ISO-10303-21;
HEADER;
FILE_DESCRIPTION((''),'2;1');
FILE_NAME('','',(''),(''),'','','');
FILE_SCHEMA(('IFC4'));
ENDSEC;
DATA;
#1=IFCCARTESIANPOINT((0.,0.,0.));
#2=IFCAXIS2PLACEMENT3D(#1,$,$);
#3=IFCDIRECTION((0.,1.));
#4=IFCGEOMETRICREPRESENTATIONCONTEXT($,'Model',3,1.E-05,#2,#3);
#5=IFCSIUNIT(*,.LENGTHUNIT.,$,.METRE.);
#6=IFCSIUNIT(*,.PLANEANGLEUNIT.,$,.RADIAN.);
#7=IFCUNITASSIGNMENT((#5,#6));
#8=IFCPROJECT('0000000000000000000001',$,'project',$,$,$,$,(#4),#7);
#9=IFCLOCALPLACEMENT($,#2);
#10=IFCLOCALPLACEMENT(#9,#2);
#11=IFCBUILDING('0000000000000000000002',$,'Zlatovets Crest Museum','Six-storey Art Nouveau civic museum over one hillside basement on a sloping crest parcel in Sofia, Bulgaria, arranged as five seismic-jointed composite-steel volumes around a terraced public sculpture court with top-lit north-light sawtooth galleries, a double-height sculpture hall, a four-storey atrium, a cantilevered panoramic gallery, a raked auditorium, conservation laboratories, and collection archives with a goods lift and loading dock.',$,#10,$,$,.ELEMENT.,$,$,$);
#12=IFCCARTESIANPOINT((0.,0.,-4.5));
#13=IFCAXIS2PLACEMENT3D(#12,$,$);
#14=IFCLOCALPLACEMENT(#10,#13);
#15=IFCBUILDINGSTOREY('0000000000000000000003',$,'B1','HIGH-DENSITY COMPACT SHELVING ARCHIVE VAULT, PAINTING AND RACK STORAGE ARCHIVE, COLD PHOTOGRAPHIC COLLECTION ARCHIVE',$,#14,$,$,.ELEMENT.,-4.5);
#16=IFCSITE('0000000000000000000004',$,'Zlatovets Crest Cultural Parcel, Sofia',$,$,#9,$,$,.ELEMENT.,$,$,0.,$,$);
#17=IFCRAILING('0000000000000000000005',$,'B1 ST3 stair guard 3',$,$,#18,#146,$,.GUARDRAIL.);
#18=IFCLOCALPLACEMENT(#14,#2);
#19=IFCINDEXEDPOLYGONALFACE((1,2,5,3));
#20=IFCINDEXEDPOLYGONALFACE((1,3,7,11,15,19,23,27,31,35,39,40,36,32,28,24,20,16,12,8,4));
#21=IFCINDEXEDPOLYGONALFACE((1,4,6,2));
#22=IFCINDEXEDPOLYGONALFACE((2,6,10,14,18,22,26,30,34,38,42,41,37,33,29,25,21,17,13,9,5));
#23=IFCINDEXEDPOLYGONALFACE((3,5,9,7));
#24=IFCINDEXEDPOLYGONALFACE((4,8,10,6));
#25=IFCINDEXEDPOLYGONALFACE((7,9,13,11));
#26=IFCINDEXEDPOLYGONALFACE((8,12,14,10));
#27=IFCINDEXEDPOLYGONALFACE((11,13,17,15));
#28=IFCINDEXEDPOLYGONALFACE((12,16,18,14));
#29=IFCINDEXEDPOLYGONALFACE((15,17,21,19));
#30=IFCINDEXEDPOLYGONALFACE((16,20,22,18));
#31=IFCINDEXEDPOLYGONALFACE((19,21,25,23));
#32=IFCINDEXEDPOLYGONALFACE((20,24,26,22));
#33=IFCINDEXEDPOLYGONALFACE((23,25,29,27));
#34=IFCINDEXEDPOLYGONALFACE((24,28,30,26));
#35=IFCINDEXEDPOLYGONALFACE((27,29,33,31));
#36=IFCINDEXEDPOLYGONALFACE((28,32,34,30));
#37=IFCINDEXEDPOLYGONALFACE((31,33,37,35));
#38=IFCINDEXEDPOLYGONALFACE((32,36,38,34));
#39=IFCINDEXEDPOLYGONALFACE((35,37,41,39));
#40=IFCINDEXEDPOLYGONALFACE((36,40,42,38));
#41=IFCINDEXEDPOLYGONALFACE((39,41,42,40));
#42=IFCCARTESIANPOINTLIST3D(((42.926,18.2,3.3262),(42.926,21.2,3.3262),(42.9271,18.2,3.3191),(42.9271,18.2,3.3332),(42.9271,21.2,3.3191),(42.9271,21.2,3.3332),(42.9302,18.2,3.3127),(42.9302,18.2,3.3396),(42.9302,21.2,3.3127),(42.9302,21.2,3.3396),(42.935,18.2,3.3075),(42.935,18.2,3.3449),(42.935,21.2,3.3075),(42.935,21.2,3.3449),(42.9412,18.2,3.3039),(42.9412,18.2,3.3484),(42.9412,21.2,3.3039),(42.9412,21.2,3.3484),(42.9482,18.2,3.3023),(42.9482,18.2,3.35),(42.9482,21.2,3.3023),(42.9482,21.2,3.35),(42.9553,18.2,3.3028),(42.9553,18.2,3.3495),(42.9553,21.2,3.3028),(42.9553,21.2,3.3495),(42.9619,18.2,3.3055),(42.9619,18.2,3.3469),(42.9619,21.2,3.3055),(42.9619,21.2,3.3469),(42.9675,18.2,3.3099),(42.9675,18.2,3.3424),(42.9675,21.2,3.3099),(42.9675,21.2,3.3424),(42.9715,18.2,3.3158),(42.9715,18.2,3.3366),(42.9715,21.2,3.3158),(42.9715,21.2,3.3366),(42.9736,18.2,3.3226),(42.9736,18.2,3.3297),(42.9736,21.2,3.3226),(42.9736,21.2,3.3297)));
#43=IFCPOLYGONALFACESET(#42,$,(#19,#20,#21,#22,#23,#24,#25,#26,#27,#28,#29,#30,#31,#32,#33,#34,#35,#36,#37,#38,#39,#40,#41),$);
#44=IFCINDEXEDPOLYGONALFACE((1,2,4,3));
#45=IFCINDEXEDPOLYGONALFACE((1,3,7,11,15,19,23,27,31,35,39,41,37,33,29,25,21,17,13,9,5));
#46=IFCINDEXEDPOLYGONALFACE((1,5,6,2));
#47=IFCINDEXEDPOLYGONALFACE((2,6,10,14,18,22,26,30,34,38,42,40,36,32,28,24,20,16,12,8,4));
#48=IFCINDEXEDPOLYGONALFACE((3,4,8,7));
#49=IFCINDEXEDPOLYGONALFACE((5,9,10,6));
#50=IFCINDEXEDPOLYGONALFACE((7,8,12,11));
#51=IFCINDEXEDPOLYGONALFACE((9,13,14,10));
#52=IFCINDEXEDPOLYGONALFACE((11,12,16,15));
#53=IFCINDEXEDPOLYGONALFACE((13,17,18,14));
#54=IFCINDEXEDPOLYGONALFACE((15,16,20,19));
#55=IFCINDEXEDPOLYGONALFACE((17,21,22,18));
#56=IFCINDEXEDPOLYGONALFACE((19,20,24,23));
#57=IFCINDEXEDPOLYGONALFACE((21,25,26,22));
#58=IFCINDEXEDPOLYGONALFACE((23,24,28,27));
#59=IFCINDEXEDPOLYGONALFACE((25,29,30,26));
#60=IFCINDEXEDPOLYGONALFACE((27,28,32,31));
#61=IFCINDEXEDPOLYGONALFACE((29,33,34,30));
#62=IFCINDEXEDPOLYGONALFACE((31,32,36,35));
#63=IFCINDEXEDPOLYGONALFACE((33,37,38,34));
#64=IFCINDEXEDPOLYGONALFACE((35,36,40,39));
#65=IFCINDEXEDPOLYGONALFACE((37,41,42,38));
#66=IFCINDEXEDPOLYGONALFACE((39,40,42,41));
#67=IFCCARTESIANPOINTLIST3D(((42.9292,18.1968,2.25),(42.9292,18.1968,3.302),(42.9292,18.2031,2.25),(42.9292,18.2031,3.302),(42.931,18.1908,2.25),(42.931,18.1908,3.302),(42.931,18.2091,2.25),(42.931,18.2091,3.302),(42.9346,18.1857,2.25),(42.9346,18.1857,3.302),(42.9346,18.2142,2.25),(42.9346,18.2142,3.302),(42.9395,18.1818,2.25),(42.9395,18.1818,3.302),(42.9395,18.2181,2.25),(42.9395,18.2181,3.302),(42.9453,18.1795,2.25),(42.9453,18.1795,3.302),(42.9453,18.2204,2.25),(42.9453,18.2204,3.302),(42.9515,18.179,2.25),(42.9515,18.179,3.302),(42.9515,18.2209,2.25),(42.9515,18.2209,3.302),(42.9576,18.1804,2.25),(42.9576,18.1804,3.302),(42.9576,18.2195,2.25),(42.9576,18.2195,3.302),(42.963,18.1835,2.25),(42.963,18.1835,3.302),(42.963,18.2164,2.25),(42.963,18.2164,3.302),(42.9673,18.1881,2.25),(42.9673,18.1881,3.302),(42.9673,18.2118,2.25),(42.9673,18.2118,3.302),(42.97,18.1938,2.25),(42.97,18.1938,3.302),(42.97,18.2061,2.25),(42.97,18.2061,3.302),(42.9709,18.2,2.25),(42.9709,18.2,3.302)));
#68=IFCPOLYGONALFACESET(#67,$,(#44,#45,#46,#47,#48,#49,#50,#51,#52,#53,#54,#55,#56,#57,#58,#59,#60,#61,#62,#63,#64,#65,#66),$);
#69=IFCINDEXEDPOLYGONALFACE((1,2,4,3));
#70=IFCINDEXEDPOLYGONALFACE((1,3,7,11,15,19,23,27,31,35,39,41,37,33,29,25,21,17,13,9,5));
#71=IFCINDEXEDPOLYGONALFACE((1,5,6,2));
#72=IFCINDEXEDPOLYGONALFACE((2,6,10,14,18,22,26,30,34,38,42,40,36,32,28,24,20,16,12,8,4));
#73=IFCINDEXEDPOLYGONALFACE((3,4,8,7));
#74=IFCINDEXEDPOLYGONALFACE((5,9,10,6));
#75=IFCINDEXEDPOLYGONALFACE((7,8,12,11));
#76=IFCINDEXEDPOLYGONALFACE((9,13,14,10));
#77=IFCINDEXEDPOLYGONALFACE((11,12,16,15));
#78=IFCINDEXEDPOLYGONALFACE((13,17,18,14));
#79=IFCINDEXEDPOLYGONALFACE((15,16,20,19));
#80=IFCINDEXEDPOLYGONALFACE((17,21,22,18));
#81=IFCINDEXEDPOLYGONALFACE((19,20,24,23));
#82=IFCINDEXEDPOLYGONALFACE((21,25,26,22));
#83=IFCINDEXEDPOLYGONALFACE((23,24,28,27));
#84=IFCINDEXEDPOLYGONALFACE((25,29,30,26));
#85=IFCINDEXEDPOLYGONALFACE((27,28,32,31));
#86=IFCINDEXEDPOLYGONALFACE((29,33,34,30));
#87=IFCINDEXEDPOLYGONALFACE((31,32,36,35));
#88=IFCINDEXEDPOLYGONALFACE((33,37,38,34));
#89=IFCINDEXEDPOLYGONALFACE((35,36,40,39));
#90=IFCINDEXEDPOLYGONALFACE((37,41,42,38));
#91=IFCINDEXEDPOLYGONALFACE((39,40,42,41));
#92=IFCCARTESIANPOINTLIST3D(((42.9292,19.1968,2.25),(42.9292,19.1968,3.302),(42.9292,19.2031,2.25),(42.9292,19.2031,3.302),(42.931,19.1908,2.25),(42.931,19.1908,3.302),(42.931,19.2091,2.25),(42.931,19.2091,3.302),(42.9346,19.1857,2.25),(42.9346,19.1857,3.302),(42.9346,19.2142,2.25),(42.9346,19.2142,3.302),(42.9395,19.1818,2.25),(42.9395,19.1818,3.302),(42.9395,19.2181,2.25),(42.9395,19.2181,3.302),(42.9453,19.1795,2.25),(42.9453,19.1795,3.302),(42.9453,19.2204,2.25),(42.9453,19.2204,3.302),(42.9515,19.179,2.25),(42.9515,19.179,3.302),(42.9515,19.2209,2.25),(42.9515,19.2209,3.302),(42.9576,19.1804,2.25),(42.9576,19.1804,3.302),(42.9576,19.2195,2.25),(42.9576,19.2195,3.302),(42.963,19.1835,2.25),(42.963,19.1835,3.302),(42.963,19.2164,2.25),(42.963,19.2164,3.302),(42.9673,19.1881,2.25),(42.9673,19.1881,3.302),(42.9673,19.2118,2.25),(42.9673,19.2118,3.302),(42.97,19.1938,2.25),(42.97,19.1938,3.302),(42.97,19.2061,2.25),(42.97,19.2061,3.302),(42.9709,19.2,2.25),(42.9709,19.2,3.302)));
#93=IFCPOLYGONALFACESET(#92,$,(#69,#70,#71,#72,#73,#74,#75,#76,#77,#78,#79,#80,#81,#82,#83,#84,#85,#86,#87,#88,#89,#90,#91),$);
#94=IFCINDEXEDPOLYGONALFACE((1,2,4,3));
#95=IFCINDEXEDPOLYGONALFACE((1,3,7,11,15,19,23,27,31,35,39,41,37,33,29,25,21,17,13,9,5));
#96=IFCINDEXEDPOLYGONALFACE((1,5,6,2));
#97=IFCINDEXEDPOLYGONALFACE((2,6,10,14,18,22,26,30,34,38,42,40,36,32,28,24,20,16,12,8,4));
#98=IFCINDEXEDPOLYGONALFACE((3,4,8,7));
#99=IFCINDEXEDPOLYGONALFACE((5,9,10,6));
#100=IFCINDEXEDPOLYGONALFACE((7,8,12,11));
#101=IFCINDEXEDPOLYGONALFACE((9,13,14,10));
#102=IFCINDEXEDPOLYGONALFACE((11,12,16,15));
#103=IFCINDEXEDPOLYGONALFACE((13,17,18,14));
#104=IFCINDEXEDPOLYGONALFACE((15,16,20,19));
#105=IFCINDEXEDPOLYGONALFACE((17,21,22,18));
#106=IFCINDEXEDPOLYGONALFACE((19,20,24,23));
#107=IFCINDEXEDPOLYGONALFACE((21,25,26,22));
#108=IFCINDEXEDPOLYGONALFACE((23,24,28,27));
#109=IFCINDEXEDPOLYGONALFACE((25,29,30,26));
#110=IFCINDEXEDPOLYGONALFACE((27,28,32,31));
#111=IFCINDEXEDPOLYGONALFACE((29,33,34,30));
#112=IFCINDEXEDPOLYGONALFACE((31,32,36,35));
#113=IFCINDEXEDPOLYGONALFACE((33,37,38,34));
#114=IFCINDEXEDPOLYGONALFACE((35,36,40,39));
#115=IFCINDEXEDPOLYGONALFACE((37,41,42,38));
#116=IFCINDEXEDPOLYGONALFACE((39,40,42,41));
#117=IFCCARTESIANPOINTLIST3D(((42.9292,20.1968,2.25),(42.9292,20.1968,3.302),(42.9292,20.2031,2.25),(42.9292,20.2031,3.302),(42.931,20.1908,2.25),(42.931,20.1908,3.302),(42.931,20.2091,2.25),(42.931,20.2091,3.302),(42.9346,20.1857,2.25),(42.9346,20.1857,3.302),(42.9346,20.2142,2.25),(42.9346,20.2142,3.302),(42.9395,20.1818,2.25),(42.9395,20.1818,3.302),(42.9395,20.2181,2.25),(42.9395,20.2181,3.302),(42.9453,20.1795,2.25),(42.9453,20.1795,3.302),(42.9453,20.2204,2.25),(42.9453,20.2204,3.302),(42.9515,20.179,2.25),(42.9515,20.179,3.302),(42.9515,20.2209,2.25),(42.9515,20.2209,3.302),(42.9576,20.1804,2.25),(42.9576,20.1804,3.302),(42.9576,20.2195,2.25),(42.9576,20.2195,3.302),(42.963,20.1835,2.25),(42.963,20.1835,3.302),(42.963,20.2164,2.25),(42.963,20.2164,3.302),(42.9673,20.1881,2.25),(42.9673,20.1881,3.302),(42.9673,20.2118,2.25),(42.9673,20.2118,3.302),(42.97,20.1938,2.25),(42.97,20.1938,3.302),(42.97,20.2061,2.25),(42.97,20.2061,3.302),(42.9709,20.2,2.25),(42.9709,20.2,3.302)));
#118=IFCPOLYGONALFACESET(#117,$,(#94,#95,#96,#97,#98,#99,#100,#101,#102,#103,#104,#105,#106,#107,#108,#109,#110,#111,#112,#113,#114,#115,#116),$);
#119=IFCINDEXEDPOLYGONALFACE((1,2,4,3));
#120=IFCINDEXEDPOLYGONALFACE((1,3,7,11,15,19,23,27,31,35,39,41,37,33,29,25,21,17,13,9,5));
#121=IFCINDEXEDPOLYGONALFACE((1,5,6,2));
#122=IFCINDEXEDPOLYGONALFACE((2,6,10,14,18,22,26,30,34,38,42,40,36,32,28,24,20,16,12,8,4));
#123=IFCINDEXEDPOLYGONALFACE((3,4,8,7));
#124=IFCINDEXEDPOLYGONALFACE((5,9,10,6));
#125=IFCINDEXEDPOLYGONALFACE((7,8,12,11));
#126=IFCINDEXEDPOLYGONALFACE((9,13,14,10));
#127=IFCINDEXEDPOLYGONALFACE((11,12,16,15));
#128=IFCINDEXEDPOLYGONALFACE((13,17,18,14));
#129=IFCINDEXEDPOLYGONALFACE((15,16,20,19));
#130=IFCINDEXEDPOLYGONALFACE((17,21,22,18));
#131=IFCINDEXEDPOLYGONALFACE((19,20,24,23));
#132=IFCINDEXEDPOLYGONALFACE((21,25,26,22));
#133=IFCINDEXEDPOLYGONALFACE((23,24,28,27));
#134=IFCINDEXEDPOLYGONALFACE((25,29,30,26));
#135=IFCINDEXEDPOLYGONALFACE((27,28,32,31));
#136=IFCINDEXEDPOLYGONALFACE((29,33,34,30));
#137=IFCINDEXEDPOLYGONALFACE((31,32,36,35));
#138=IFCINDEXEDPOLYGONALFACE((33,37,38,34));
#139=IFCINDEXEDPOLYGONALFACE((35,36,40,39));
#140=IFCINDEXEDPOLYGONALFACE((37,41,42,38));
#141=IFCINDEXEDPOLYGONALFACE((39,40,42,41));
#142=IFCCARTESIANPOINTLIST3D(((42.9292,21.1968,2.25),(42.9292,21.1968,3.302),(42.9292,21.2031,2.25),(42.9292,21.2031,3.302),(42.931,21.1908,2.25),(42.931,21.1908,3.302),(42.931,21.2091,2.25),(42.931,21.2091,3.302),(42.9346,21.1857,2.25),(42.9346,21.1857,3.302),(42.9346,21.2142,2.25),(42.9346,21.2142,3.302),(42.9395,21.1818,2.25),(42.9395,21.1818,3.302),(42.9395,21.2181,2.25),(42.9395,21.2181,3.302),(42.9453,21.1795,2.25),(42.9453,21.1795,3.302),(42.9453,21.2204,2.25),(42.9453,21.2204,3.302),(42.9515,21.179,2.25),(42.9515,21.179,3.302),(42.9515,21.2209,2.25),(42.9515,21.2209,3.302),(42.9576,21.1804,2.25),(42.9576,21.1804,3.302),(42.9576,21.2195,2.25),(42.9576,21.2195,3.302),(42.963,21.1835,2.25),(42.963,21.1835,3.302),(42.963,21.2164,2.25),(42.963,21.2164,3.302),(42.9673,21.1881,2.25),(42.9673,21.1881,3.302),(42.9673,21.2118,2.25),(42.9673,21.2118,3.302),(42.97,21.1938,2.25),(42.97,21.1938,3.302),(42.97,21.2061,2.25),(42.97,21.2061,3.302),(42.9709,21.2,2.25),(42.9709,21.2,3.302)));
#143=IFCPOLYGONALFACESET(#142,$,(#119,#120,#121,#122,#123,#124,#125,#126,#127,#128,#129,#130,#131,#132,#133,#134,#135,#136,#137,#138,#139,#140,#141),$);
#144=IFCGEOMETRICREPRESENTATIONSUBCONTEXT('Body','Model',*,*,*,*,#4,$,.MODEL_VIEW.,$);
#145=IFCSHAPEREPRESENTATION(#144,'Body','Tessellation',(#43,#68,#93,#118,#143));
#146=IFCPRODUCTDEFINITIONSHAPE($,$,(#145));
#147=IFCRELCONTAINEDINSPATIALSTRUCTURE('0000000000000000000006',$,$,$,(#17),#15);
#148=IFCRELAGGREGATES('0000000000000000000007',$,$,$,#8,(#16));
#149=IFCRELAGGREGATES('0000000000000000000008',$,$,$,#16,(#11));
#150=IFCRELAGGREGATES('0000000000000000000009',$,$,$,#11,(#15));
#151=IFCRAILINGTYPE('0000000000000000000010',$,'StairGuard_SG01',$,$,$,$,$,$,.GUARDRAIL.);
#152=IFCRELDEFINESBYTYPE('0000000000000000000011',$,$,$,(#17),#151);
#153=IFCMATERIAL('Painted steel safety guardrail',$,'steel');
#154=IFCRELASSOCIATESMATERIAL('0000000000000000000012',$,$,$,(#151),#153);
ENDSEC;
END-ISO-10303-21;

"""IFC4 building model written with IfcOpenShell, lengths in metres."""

from ifc_helpers import new_model, si_unit, direction, frame, origin, origin_2d, place, context, subcontext, project, spatial, circle, extrude, material, type_object, element, save


model = new_model("IFC4")

# Units and contexts
model_context = context("Model", 3, precision=1e-05, world=origin(), true_north=direction((0.0, 1.0)))
body_context = subcontext(model_context, "Body", "Model", "MODEL_VIEW")
ifc_project = project(units=[si_unit("LENGTHUNIT", "METRE"), si_unit("PLANEANGLEUNIT", "RADIAN")], contexts=[model_context])

# Site, building, storey
site_placement = place(None, origin())
site = spatial("IfcSite", under=ifc_project, at=site_placement, Name="Zlatovets Crest Cultural Parcel, Sofia", CompositionType="ELEMENT", RefElevation=0.0)
building_placement = place(site_placement, origin())
building = spatial("IfcBuilding", under=site, at=building_placement, Name="Zlatovets Crest Museum", Description="Six-storey Art Nouveau civic museum over one hillside basement on a sloping crest parcel in Sofia, Bulgaria, arranged as five seismic-jointed composite-steel volumes around a terraced public sculpture court with top-lit north-light sawtooth galleries, a double-height sculpture hall, a four-storey atrium, a cantilevered panoramic gallery, a raked auditorium, conservation laboratories, and collection archives with a goods lift and loading dock.", CompositionType="ELEMENT")
storey_placement = place(building_placement, frame((0.0, 0.0, -4.5)))
storey = spatial("IfcBuildingStorey", under=building, at=storey_placement, Name="B1", Description="HIGH-DENSITY COMPACT SHELVING ARCHIVE VAULT, PAINTING AND RACK STORAGE ARCHIVE, COLD PHOTOGRAPHIC COLLECTION ARCHIVE", CompositionType="ELEMENT", Elevation=-4.5)

# Railing
ifc_material_1 = material(Name="Painted steel safety guardrail", Category="steel")
railing_type_1 = type_object("IfcRailingType", Name="StairGuard_SG01", PredefinedType="GUARDRAIL", material=ifc_material_1)
for number, where, name in (
    (1, (42.95, 18.2, 2.25), "B1 ST3 stair guard 3"),
):
    element("IfcRailing", number, at=place(storey_placement, frame(where)), inside=storey, type_object=railing_type_1, Name=name, PredefinedType="GUARDRAIL", context=body_context, shape_type="SweptSolid", body=[
        extrude(circle(Radius=0.0239, at=origin_2d()), frame((0.0, 0.0, 1.0762), z_axis=(0.0, 1.0, 0.0), x_axis=(-1.0, 0.0, 0.0)), (0.0, 0.0, 1.0), 3.0),
        extrude(circle(Radius=0.021, at=origin_2d()), origin(), (0.0, 0.0, 1.0), 1.052),
        extrude(circle(Radius=0.021, at=origin_2d()), frame((0.0, 1.0, 0.0)), (0.0, 0.0, 1.0), 1.052),
        extrude(circle(Radius=0.021, at=origin_2d()), frame((0.0, 2.0, 0.0)), (0.0, 0.0, 1.0), 1.052),
        extrude(circle(Radius=0.021, at=origin_2d()), frame((0.0, 3.0, 0.0)), (0.0, 0.0, 1.0), 1.052),
    ])

save(model, "model.ifc")
